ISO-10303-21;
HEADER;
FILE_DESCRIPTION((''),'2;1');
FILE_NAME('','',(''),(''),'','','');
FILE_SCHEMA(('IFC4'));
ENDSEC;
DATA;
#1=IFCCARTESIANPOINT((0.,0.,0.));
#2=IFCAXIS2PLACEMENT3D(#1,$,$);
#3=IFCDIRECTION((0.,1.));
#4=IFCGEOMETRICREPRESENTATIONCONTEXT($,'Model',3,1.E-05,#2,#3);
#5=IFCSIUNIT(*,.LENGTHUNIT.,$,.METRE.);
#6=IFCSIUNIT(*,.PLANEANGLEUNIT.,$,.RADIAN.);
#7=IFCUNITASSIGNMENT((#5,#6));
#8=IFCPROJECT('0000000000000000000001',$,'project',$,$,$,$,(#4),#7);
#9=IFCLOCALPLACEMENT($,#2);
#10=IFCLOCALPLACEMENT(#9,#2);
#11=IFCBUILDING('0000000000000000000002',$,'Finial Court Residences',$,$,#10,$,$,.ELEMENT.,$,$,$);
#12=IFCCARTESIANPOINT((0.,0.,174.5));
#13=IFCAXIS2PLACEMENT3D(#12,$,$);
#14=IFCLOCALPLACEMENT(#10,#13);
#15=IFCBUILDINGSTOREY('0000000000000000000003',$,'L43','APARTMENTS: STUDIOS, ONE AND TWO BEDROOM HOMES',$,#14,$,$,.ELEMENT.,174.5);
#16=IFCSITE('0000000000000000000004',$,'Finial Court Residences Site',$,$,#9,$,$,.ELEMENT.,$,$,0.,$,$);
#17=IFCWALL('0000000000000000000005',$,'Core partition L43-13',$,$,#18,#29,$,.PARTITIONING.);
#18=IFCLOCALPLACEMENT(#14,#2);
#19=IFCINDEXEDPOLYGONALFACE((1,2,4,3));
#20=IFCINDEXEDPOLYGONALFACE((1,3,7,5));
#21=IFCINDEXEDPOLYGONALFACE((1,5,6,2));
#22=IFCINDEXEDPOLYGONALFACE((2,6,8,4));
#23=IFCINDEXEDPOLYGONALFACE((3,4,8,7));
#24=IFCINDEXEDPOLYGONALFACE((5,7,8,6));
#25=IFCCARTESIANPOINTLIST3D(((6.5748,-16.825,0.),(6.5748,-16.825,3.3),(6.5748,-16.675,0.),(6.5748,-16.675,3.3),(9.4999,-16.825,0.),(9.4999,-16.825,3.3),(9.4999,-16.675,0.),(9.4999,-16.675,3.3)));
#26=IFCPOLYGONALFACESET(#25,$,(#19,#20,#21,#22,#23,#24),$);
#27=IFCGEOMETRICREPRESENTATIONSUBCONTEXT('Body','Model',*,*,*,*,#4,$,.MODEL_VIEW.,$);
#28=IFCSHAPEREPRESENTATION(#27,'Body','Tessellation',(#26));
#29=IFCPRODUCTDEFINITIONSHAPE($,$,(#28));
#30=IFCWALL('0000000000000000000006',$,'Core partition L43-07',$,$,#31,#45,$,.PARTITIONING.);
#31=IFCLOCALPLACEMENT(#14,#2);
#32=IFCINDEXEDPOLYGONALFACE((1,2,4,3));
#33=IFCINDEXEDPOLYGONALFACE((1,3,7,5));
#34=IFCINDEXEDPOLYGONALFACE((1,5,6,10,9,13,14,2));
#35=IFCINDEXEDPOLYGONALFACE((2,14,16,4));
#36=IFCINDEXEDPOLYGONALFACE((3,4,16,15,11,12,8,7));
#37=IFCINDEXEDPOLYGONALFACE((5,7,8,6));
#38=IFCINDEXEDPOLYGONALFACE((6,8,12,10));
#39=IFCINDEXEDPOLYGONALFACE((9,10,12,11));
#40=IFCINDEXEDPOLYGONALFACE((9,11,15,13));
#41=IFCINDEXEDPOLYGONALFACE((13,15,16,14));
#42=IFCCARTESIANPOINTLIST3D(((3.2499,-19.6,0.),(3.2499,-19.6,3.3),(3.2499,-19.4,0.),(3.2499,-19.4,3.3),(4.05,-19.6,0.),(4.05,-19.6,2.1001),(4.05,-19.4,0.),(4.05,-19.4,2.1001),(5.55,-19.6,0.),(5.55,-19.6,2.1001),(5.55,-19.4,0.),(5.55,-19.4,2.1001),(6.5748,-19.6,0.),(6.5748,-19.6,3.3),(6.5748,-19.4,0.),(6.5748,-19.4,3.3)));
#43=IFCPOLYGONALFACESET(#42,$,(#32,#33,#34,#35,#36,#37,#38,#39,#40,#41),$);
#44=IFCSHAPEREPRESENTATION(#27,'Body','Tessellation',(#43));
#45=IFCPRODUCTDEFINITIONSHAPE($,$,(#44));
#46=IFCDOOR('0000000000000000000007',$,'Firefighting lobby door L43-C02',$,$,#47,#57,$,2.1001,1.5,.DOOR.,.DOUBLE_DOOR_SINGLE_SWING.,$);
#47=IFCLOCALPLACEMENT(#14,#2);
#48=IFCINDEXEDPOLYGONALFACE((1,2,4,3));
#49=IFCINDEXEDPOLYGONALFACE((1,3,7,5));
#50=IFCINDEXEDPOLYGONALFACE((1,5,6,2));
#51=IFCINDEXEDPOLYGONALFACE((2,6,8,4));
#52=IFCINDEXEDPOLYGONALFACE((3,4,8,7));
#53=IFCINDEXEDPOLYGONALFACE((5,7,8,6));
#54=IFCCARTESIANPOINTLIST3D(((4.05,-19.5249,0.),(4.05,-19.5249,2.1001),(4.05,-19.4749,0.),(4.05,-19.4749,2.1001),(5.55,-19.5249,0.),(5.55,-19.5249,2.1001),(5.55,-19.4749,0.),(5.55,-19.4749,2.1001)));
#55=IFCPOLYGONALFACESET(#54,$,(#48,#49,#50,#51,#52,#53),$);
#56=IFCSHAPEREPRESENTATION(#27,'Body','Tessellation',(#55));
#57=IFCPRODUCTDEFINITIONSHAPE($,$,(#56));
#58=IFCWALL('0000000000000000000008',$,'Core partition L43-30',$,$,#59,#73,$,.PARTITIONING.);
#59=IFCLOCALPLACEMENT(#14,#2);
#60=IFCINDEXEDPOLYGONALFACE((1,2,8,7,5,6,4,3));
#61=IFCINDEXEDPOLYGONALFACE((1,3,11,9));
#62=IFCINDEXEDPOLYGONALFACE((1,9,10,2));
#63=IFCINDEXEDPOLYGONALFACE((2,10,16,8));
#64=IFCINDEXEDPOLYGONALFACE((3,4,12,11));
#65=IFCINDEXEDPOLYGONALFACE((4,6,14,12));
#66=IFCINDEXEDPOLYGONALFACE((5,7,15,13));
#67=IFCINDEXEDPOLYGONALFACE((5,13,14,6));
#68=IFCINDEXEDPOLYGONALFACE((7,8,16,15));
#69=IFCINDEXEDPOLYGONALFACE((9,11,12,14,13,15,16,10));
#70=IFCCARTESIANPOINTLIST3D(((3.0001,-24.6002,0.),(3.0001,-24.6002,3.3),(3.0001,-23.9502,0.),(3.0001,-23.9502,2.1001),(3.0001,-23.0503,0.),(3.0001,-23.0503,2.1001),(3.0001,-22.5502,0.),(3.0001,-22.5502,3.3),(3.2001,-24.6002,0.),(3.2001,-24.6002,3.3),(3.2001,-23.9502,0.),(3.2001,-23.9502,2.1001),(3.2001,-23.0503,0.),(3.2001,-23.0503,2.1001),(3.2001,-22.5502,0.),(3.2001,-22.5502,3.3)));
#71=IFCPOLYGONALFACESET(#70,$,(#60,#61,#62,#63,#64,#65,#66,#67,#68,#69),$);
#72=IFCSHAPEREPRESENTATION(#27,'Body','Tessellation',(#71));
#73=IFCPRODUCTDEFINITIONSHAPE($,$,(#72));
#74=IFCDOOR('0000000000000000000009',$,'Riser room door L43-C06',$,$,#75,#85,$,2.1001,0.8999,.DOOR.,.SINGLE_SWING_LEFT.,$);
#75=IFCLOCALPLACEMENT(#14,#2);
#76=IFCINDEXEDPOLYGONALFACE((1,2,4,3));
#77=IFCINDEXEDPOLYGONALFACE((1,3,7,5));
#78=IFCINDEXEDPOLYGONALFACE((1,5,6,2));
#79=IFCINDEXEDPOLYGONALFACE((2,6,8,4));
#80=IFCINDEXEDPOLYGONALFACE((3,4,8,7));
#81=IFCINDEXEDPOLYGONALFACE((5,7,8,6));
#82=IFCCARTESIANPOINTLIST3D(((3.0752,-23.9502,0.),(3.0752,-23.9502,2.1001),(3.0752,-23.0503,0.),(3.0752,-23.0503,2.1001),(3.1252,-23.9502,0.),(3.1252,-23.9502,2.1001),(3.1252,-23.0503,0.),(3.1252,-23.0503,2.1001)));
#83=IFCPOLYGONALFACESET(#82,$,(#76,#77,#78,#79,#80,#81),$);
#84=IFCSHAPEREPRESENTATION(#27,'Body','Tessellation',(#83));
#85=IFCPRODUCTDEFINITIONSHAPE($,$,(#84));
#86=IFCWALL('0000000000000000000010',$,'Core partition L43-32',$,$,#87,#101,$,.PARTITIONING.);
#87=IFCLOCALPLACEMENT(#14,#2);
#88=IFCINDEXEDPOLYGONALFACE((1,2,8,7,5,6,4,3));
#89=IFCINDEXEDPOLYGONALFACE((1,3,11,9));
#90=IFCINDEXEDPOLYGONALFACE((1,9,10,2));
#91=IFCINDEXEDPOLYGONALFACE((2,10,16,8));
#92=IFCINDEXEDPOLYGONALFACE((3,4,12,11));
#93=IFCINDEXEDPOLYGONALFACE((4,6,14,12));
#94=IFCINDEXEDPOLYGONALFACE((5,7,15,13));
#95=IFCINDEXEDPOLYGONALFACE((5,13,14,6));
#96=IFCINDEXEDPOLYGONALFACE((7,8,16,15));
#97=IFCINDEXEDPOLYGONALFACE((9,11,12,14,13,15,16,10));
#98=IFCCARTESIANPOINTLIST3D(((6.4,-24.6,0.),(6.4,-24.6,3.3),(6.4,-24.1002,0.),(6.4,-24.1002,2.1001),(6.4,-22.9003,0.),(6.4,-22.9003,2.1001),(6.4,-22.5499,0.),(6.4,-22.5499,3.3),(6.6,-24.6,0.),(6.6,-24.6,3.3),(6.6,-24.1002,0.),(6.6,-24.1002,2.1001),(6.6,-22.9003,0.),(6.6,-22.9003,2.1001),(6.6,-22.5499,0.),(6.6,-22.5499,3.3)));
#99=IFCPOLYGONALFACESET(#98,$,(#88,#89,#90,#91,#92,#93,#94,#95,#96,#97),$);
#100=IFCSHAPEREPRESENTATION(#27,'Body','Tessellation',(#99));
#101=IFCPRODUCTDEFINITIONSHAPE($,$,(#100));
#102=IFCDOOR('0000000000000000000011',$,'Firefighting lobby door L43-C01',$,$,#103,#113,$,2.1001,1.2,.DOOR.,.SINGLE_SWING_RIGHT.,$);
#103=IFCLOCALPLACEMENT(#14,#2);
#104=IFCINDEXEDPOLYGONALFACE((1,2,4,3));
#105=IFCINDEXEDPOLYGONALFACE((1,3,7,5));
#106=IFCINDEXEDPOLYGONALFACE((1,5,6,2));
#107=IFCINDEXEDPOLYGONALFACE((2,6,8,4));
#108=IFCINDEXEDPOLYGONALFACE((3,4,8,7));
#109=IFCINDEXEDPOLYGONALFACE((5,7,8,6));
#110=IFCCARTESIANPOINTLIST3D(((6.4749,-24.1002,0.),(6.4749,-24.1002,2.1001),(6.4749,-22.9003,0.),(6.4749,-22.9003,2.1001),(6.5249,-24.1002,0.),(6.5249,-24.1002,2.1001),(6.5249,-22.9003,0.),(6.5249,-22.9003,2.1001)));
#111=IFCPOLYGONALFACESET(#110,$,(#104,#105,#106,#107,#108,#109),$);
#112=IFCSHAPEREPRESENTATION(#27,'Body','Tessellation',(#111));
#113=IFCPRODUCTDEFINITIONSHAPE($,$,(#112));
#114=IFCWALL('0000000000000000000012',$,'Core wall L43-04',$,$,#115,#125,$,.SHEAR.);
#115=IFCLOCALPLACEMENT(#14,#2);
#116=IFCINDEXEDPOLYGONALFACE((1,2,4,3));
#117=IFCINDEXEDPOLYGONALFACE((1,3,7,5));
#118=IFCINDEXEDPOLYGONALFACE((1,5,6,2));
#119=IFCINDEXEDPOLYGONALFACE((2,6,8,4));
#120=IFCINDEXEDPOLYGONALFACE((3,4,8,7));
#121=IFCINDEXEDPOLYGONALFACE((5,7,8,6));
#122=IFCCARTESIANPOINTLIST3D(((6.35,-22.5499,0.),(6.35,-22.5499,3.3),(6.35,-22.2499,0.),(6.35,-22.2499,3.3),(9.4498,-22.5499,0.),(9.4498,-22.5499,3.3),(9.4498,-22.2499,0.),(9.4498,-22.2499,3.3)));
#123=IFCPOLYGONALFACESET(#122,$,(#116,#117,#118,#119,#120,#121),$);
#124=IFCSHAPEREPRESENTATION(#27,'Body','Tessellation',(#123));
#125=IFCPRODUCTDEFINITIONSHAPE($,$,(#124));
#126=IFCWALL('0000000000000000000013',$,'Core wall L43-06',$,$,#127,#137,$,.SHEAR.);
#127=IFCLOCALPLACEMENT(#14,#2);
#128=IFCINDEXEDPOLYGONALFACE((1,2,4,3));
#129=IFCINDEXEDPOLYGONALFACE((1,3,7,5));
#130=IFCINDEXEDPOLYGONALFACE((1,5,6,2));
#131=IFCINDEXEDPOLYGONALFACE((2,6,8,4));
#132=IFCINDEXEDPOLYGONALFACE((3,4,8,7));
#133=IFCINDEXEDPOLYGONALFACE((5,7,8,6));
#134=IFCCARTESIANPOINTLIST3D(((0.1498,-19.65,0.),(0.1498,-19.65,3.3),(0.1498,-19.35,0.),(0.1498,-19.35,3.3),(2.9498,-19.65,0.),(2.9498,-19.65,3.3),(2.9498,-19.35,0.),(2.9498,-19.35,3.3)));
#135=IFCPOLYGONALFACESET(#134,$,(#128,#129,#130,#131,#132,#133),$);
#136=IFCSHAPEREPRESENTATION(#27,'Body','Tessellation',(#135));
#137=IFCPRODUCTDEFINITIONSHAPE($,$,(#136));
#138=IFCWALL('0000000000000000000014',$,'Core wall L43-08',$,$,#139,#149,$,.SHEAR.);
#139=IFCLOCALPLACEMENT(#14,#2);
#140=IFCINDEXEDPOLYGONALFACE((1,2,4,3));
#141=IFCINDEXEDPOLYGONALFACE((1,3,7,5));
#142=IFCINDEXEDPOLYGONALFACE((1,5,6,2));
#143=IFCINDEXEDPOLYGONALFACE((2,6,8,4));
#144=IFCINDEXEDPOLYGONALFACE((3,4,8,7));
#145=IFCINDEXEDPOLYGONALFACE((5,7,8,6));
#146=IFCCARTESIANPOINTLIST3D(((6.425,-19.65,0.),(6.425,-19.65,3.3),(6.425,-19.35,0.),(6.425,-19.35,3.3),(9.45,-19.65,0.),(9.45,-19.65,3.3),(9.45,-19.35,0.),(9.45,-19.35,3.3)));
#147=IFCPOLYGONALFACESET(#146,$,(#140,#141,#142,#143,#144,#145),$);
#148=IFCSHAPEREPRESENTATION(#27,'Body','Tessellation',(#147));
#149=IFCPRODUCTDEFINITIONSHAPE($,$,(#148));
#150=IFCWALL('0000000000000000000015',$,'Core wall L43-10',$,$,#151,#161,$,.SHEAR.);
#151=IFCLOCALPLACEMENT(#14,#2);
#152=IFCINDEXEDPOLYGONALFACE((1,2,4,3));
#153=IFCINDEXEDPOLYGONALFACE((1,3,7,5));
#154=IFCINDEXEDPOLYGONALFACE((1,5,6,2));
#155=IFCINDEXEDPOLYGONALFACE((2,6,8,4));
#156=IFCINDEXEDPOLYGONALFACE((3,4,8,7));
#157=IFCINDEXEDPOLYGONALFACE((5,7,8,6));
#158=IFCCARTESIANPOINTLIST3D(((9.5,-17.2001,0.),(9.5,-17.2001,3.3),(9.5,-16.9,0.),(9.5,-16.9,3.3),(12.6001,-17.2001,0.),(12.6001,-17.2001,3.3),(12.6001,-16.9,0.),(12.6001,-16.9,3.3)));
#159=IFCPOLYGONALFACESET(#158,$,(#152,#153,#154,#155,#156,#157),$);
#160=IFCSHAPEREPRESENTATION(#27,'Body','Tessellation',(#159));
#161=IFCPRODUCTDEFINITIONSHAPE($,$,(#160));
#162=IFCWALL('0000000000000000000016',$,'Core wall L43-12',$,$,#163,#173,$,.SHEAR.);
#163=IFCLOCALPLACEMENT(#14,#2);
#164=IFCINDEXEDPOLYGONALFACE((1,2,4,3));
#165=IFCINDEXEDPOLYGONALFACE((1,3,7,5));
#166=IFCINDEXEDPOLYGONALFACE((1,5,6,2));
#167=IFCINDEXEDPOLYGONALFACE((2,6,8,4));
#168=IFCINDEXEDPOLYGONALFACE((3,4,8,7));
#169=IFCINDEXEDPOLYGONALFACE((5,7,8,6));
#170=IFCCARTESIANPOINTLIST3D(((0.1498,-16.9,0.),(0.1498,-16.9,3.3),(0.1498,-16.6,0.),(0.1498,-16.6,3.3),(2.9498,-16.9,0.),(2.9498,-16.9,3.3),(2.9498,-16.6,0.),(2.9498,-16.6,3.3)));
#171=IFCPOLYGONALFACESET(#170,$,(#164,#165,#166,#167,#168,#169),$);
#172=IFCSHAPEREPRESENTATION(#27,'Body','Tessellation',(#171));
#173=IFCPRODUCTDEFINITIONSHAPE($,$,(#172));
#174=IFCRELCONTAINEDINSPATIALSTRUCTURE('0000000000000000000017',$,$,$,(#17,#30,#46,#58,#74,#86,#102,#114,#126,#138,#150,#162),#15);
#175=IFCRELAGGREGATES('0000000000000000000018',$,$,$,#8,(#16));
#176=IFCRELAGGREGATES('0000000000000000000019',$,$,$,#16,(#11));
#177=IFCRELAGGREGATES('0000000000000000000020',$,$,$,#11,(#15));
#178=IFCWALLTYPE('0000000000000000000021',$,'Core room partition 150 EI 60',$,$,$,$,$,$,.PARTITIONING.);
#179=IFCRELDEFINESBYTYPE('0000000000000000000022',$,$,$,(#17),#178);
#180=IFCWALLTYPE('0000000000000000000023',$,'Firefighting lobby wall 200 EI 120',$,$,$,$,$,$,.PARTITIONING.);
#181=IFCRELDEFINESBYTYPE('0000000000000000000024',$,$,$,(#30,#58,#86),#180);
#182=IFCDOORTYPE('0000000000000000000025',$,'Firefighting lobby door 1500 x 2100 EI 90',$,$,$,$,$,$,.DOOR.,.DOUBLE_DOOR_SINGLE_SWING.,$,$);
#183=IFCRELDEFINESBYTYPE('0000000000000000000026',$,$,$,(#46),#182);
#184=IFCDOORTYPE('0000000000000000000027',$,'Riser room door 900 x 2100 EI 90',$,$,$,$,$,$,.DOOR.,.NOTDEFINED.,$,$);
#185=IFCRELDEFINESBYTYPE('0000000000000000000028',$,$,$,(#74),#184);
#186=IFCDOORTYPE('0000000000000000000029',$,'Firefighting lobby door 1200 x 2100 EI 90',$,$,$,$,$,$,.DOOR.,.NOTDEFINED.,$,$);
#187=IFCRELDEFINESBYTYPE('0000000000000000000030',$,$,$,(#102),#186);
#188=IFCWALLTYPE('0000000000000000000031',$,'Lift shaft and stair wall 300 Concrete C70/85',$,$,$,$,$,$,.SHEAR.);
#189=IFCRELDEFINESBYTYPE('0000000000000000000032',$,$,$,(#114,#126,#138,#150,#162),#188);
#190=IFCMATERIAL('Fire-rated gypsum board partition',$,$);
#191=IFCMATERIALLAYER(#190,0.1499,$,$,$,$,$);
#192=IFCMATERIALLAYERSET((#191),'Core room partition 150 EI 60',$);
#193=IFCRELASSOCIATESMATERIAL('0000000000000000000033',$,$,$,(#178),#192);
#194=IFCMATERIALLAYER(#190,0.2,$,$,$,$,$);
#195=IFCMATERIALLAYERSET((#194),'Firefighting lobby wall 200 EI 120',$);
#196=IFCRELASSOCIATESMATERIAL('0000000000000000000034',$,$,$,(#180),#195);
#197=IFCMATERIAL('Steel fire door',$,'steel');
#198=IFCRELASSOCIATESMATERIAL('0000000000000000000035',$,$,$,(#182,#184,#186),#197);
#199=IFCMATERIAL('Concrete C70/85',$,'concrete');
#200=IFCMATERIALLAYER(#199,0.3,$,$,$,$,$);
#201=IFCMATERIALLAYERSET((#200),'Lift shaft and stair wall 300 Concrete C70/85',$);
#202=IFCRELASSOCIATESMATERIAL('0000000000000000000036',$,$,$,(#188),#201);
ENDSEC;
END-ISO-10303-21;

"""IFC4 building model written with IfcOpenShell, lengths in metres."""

from ifc_helpers import new_model, si_unit, direction, frame, frame_2d, origin, place, context, subcontext, project, spatial, rectangle, extrude, material, layer, layer_set, type_object, element, fill, save


model = new_model("IFC4")

# Units and contexts
model_context = context("Model", 3, precision=1e-05, world=origin(), true_north=direction((0.0, 1.0)))
body_context = subcontext(model_context, "Body", "Model", "MODEL_VIEW")
ifc_project = project(units=[si_unit("LENGTHUNIT", "METRE"), si_unit("PLANEANGLEUNIT", "RADIAN")], contexts=[model_context])

# Site, building, storey
site_placement = place(None, origin())
site = spatial("IfcSite", under=ifc_project, at=site_placement, Name="Finial Court Residences Site", CompositionType="ELEMENT", RefElevation=0.0)
building_placement = place(site_placement, origin())
building = spatial("IfcBuilding", under=site, at=building_placement, Name="Finial Court Residences", CompositionType="ELEMENT")
storey_placement = place(building_placement, frame((0.0, 0.0, 174.5)))
storey = spatial("IfcBuildingStorey", under=building, at=storey_placement, Name="L43", Description="APARTMENTS: STUDIOS, ONE AND TWO BEDROOM HOMES", CompositionType="ELEMENT", Elevation=174.5)

# Wall
ifc_material_1 = material(Name="Fire-rated gypsum board partition")
ifc_layer_1 = layer(ifc_material_1, 0.1499)
ifc_layer_set_1 = layer_set([ifc_layer_1], Name="Core room partition 150 EI 60")
wall_type_1 = type_object("IfcWallType", Name="Core room partition 150 EI 60", PredefinedType="PARTITIONING", material=ifc_layer_set_1)
wall_1_placement = place(storey_placement, frame((6.575, -16.75, 0.0), z_axis=(0.0, 0.0, 1.0), x_axis=(1.0, 0.0, 0.0)))
element("IfcWall", 1, at=wall_1_placement, inside=storey, type_object=wall_type_1, Name="Core partition L43-13", PredefinedType="PARTITIONING", context=body_context, shape_type="SweptSolid", body=[
    extrude(rectangle(XDim=2.925, YDim=0.1499, at=frame_2d((1.4624, 0.0))), origin(), (0.0, 0.0, 1.0), 3.3),
])

# Walls, openings, doors
ifc_layer_2 = layer(ifc_material_1, 0.2)
ifc_layer_set_2 = layer_set([ifc_layer_2], Name="Firefighting lobby wall 200 EI 120")
wall_type_2 = type_object("IfcWallType", Name="Firefighting lobby wall 200 EI 120", PredefinedType="PARTITIONING", material=ifc_layer_set_2)
wall_2_placement = place(storey_placement, frame((6.575, -19.5, 0.0), z_axis=(0.0, 0.0, 1.0), x_axis=(-1.0, 0.0, 0.0)))
wall_2 = element("IfcWall", 2, at=wall_2_placement, inside=storey, type_object=wall_type_2, Name="Core partition L43-07", PredefinedType="PARTITIONING", context=body_context, shape_type="SweptSolid", body=[
    extrude(rectangle(XDim=3.325, YDim=0.2, at=frame_2d((1.6626, 0.0))), origin(), (0.0, 0.0, 1.0), 3.3),
])
opening_1_placement = place(wall_2_placement, frame((1.0249, 0.0, 0.0)))
opening_1 = element("IfcOpeningElement", 3, at=opening_1_placement, cuts=wall_2, PredefinedType="OPENING", context=body_context, shape_type="SweptSolid", body=[
    extrude(rectangle(XDim=1.5, YDim=2.1001, at=frame_2d((0.75, 1.05))), frame((0.0, 0.1099, 0.0), z_axis=(0.0, -1.0, 0.0), x_axis=(1.0, 0.0, 0.0)), (0.0, 0.0, 1.0), 0.22),
])
ifc_material_2 = material(Name="Steel fire door", Category="steel")
door_type_1 = type_object("IfcDoorType", Name="Firefighting lobby door 1500 x 2100 EI 90", OperationType="DOUBLE_DOOR_SINGLE_SWING", PredefinedType="DOOR", material=ifc_material_2)
door_1_placement = place(opening_1_placement, origin())
door_1 = element("IfcDoor", 4, at=door_1_placement, inside=storey, type_object=door_type_1, Name="Firefighting lobby door L43-C02", OperationType="DOUBLE_DOOR_SINGLE_SWING", OverallHeight=2.1001, OverallWidth=1.5, PredefinedType="DOOR", context=body_context, shape_type="SweptSolid", body=[
    extrude(rectangle(XDim=1.5, YDim=2.1001, at=frame_2d((0.75, 1.05))), frame((0.0, 0.0249, 0.0), z_axis=(0.0, -1.0, 0.0), x_axis=(1.0, 0.0, 0.0)), (0.0, 0.0, 1.0), 0.05),
])
fill(opening_1, door_1)
wall_3_placement = place(storey_placement, frame((3.1001, -24.6001, 0.0), z_axis=(0.0, 0.0, 1.0), x_axis=(0.0, 1.0, 0.0)))
wall_3 = element("IfcWall", 5, at=wall_3_placement, inside=storey, type_object=wall_type_2, Name="Core partition L43-30", PredefinedType="PARTITIONING", context=body_context, shape_type="SweptSolid", body=[
    extrude(rectangle(XDim=2.05, YDim=0.2, at=frame_2d((1.0249, 0.0))), origin(), (0.0, 0.0, 1.0), 3.3),
])
opening_2_placement = place(wall_3_placement, frame((0.6499, 0.0, 0.0)))
opening_2 = element("IfcOpeningElement", 6, at=opening_2_placement, cuts=wall_3, PredefinedType="OPENING", context=body_context, shape_type="SweptSolid", body=[
    extrude(rectangle(XDim=0.8999, YDim=2.1001, at=frame_2d((0.45, 1.05))), frame((0.0, 0.1099, 0.0), z_axis=(0.0, -1.0, 0.0), x_axis=(1.0, 0.0, 0.0)), (0.0, 0.0, 1.0), 0.22),
])
door_type_2 = type_object("IfcDoorType", Name="Riser room door 900 x 2100 EI 90", OperationType="NOTDEFINED", PredefinedType="DOOR", material=ifc_material_2)
door_2_placement = place(opening_2_placement, origin())
door_2 = element("IfcDoor", 7, at=door_2_placement, inside=storey, type_object=door_type_2, Name="Riser room door L43-C06", OperationType="SINGLE_SWING_LEFT", OverallHeight=2.1001, OverallWidth=0.8999, PredefinedType="DOOR", context=body_context, shape_type="SweptSolid", body=[
    extrude(rectangle(XDim=0.8999, YDim=2.1001, at=frame_2d((0.45, 1.05))), frame((0.0, 0.0249, 0.0), z_axis=(0.0, -1.0, 0.0), x_axis=(1.0, 0.0, 0.0)), (0.0, 0.0, 1.0), 0.05),
])
fill(opening_2, door_2)
wall_4_placement = place(storey_placement, frame((6.5, -22.55, 0.0), z_axis=(0.0, 0.0, 1.0), x_axis=(0.0, -1.0, 0.0)))
wall_4 = element("IfcWall", 8, at=wall_4_placement, inside=storey, type_object=wall_type_2, Name="Core partition L43-32", PredefinedType="PARTITIONING", context=body_context, shape_type="SweptSolid", body=[
    extrude(rectangle(XDim=2.05, YDim=0.2, at=frame_2d((1.0249, 0.0))), origin(), (0.0, 0.0, 1.0), 3.3),
])
opening_3_placement = place(wall_4_placement, frame((0.3501, 0.0, 0.0)))
opening_3 = element("IfcOpeningElement", 9, at=opening_3_placement, cuts=wall_4, PredefinedType="OPENING", context=body_context, shape_type="SweptSolid", body=[
    extrude(rectangle(XDim=1.2, YDim=2.1001, at=frame_2d((0.6001, 1.05))), frame((0.0, 0.1099, 0.0), z_axis=(0.0, -1.0, 0.0), x_axis=(1.0, 0.0, 0.0)), (0.0, 0.0, 1.0), 0.22),
])
door_type_3 = type_object("IfcDoorType", Name="Firefighting lobby door 1200 x 2100 EI 90", OperationType="NOTDEFINED", PredefinedType="DOOR", material=ifc_material_2)
door_3_placement = place(opening_3_placement, origin())
door_3 = element("IfcDoor", 10, at=door_3_placement, inside=storey, type_object=door_type_3, Name="Firefighting lobby door L43-C01", OperationType="SINGLE_SWING_RIGHT", OverallHeight=2.1001, OverallWidth=1.2, PredefinedType="DOOR", context=body_context, shape_type="SweptSolid", body=[
    extrude(rectangle(XDim=1.2, YDim=2.1001, at=frame_2d((0.6001, 1.05))), frame((0.0, 0.0249, 0.0), z_axis=(0.0, -1.0, 0.0), x_axis=(1.0, 0.0, 0.0)), (0.0, 0.0, 1.0), 0.05),
])
fill(opening_3, door_3)

# Walls
ifc_material_3 = material(Name="Concrete C70/85", Category="concrete")
ifc_layer_3 = layer(ifc_material_3, 0.3)
ifc_layer_set_3 = layer_set([ifc_layer_3], Name="Lift shaft and stair wall 300 Concrete C70/85")
wall_type_3 = type_object("IfcWallType", Name="Lift shaft and stair wall 300 Concrete C70/85", PredefinedType="SHEAR", material=ifc_layer_set_3)
wall_5_placement = place(storey_placement, frame((6.3501, -22.3999, 0.0), z_axis=(0.0, 0.0, 1.0), x_axis=(1.0, 0.0, 0.0)))
element("IfcWall", 11, at=wall_5_placement, inside=storey, type_object=wall_type_3, Name="Core wall L43-04", PredefinedType="SHEAR", context=body_context, shape_type="SweptSolid", body=[
    extrude(rectangle(XDim=3.0999, YDim=0.3, at=frame_2d((1.5498, 0.0))), origin(), (0.0, 0.0, 1.0), 3.3),
])
wall_6_placement = place(storey_placement, frame((0.1499, -19.5, 0.0), z_axis=(0.0, 0.0, 1.0), x_axis=(1.0, 0.0, 0.0)))
element("IfcWall", 12, at=wall_6_placement, inside=storey, type_object=wall_type_3, Name="Core wall L43-06", PredefinedType="SHEAR", context=body_context, shape_type="SweptSolid", body=[
    extrude(rectangle(XDim=2.8, YDim=0.3, at=frame_2d((1.3999, 0.0))), origin(), (0.0, 0.0, 1.0), 3.3),
])
wall_7_placement = place(storey_placement, frame((6.425, -19.5, 0.0), z_axis=(0.0, 0.0, 1.0), x_axis=(1.0, 0.0, 0.0)))
element("IfcWall", 13, at=wall_7_placement, inside=storey, type_object=wall_type_3, Name="Core wall L43-08", PredefinedType="SHEAR", context=body_context, shape_type="SweptSolid", body=[
    extrude(rectangle(XDim=3.0249, YDim=0.3, at=frame_2d((1.5125, 0.0))), origin(), (0.0, 0.0, 1.0), 3.3),
])
wall_8_placement = place(storey_placement, frame((9.5, -17.05, 0.0), z_axis=(0.0, 0.0, 1.0), x_axis=(1.0, 0.0, 0.0)))
element("IfcWall", 14, at=wall_8_placement, inside=storey, type_object=wall_type_3, Name="Core wall L43-10", PredefinedType="SHEAR", context=body_context, shape_type="SweptSolid", body=[
    extrude(rectangle(XDim=3.1001, YDim=0.3, at=frame_2d((1.55, 0.0))), origin(), (0.0, 0.0, 1.0), 3.3),
])
wall_9_placement = place(storey_placement, frame((0.1499, -16.75, 0.0), z_axis=(0.0, 0.0, 1.0), x_axis=(1.0, 0.0, 0.0)))
element("IfcWall", 15, at=wall_9_placement, inside=storey, type_object=wall_type_3, Name="Core wall L43-12", PredefinedType="SHEAR", context=body_context, shape_type="SweptSolid", body=[
    extrude(rectangle(XDim=2.8, YDim=0.3, at=frame_2d((1.3999, 0.0))), origin(), (0.0, 0.0, 1.0), 3.3),
])

save(model, "model.ifc")
